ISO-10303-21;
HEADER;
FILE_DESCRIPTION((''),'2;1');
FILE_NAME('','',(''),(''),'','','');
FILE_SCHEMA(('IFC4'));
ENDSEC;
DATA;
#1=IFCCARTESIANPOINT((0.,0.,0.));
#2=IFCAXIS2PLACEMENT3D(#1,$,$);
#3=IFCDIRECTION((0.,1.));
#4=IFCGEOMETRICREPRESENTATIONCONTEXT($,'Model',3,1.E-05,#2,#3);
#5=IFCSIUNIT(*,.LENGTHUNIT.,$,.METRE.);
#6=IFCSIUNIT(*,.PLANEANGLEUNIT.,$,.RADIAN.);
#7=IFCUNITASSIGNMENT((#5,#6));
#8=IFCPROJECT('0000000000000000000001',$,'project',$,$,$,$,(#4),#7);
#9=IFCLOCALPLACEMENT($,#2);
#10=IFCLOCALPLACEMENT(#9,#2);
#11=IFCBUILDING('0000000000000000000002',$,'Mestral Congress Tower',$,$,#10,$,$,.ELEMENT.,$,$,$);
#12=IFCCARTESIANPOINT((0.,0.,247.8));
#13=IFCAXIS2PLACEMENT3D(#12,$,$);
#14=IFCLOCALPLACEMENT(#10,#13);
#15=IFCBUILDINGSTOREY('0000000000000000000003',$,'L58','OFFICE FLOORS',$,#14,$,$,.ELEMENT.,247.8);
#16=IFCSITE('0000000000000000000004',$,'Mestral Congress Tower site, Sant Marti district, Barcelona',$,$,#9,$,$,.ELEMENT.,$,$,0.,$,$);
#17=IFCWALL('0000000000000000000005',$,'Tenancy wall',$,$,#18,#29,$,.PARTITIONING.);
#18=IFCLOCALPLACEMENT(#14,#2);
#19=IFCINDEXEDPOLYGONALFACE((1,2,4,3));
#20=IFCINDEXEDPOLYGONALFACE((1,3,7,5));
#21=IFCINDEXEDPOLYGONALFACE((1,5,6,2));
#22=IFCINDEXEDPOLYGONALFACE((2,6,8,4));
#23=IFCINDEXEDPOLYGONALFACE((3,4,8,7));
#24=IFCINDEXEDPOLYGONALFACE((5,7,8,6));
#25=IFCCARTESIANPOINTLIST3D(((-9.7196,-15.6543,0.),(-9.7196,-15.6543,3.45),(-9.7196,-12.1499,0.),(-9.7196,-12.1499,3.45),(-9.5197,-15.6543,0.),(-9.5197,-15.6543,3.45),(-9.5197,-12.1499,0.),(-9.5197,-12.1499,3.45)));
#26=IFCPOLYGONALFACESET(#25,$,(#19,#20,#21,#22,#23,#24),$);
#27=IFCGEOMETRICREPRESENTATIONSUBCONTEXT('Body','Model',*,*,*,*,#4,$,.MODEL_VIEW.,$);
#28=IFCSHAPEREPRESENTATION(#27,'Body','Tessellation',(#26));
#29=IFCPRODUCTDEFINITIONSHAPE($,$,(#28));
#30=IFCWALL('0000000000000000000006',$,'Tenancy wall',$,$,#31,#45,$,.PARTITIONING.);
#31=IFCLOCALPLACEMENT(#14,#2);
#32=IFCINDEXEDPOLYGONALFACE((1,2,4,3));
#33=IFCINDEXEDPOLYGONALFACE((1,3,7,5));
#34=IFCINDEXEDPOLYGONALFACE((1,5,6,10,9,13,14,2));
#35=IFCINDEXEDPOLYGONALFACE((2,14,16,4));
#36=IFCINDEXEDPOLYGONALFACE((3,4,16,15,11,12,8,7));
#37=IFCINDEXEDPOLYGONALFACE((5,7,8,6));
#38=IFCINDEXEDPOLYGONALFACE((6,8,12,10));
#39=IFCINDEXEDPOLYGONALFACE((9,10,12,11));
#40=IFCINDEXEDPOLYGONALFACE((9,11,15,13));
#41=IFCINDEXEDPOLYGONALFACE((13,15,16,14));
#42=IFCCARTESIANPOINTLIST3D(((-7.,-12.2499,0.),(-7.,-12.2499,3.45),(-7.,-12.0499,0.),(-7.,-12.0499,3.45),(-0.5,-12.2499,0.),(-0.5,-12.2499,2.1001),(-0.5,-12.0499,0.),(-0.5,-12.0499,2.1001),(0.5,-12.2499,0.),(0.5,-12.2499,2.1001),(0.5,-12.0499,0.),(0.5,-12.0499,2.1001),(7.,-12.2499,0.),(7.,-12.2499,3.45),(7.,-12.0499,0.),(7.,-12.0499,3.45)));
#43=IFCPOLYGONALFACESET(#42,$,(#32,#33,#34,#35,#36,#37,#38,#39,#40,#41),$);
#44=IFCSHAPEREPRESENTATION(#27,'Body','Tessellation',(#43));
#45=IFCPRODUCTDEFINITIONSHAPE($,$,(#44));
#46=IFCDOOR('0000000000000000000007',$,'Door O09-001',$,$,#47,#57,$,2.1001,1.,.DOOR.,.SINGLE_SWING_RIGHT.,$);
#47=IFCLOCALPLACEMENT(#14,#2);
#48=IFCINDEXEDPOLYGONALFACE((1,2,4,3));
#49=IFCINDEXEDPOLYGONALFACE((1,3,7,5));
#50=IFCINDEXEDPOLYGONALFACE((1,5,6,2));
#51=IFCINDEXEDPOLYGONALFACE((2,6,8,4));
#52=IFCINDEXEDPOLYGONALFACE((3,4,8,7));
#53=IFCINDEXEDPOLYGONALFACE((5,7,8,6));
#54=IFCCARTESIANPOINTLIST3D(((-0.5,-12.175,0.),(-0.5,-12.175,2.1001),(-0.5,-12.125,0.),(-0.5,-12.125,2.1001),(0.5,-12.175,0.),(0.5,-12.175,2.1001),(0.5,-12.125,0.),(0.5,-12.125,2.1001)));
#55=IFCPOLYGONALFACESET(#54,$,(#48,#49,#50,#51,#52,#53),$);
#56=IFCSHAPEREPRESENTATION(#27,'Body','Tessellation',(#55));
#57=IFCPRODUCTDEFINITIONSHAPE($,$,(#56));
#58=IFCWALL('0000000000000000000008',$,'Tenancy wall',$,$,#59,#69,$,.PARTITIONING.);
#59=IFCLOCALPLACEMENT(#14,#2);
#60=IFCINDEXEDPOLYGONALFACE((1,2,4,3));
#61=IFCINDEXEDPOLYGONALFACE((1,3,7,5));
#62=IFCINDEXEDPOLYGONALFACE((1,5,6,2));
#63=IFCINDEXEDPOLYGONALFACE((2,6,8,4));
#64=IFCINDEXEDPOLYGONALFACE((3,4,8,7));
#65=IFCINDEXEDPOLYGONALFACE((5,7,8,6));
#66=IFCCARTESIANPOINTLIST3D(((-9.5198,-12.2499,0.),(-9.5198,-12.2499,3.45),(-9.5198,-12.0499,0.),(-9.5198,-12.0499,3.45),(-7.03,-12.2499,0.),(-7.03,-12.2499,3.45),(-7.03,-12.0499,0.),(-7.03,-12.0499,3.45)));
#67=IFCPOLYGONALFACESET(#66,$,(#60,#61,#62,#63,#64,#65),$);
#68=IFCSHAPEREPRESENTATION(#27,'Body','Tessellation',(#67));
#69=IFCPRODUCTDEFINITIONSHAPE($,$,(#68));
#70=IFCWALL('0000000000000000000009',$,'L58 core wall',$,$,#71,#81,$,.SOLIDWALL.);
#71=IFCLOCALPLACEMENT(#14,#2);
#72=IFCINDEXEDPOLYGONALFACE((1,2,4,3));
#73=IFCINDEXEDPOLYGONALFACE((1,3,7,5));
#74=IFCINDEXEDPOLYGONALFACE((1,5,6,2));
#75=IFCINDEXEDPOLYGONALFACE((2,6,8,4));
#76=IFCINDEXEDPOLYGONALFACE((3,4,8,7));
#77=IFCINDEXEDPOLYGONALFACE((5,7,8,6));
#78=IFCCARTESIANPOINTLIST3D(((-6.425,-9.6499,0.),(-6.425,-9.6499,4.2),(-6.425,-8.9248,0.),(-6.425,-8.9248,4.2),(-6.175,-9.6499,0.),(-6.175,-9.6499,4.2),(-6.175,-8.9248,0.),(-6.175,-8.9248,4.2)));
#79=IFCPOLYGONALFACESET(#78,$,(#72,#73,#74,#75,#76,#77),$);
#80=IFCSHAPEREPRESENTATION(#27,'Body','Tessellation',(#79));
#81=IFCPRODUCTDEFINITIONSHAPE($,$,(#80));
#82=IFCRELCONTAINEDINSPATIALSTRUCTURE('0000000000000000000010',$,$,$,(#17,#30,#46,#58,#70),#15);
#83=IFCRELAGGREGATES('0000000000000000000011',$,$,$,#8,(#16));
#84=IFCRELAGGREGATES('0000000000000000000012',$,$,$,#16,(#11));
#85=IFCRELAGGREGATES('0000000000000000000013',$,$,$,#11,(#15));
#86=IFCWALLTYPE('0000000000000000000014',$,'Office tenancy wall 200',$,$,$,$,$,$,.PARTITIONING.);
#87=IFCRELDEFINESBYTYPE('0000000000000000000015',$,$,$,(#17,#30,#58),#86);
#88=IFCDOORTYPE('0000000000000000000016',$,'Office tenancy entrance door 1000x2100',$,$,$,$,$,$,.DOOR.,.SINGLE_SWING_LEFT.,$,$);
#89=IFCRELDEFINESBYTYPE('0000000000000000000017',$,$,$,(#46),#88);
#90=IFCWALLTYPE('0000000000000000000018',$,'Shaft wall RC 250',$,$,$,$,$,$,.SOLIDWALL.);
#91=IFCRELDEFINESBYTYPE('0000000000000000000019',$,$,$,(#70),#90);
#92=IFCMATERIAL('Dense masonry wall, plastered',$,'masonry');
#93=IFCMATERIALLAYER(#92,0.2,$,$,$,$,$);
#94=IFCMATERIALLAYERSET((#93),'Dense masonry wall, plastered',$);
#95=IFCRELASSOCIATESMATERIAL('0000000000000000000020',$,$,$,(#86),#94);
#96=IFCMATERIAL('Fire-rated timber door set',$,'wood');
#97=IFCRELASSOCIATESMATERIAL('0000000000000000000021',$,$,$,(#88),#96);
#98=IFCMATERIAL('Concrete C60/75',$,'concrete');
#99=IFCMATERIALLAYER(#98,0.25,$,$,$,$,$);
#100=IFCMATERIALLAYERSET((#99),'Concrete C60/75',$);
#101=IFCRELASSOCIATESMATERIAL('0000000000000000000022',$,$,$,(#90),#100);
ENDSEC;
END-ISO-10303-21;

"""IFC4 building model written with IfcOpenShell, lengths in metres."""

from ifc_helpers import new_model, si_unit, direction, frame, frame_2d, origin, place, context, subcontext, project, spatial, rectangle, extrude, material, layer, layer_set, type_object, element, fill, save


model = new_model("IFC4")

# Units and contexts
model_context = context("Model", 3, precision=1e-05, world=origin(), true_north=direction((0.0, 1.0)))
body_context = subcontext(model_context, "Body", "Model", "MODEL_VIEW")
ifc_project = project(units=[si_unit("LENGTHUNIT", "METRE"), si_unit("PLANEANGLEUNIT", "RADIAN")], contexts=[model_context])

# Site, building, storey
site_placement = place(None, origin())
site = spatial("IfcSite", under=ifc_project, at=site_placement, Name="Mestral Congress Tower site, Sant Marti district, Barcelona", CompositionType="ELEMENT", RefElevation=0.0)
building_placement = place(site_placement, origin())
building = spatial("IfcBuilding", under=site, at=building_placement, Name="Mestral Congress Tower", CompositionType="ELEMENT")
storey_placement = place(building_placement, frame((0.0, 0.0, 247.8)))
storey = spatial("IfcBuildingStorey", under=building, at=storey_placement, Name="L58", Description="OFFICE FLOORS", CompositionType="ELEMENT", Elevation=247.8)

# Shared definitions
ifc_material_1 = material(Name="Concrete C60/75", Category="concrete")

# Wall
ifc_material_2 = material(Name="Dense masonry wall, plastered", Category="masonry")
ifc_layer_1 = layer(ifc_material_2, 0.2)
ifc_layer_set_1 = layer_set([ifc_layer_1], Name="Dense masonry wall, plastered")
wall_type_1 = type_object("IfcWallType", Name="Office tenancy wall 200", PredefinedType="PARTITIONING", material=ifc_layer_set_1)
wall_1_placement = place(storey_placement, frame((-9.6196, -15.6543, 0.0), z_axis=(0.0, 0.0, 1.0), x_axis=(0.0, 1.0, 0.0)))
element("IfcWall", 1, at=wall_1_placement, inside=storey, type_object=wall_type_1, Name="Tenancy wall", PredefinedType="PARTITIONING", context=body_context, shape_type="SweptSolid", body=[
    extrude(rectangle(XDim=3.5044, YDim=0.2, at=frame_2d((1.7522, 0.0))), origin(), (0.0, 0.0, 1.0), 3.45),
])

# Wall, opening, door
wall_2_placement = place(storey_placement, frame((-7.0, -12.1499, 0.0), z_axis=(0.0, 0.0, 1.0), x_axis=(1.0, 0.0, 0.0)))
wall_2 = element("IfcWall", 2, at=wall_2_placement, inside=storey, type_object=wall_type_1, Name="Tenancy wall", PredefinedType="PARTITIONING", context=body_context, shape_type="SweptSolid", body=[
    extrude(rectangle(XDim=14.0, YDim=0.2, at=frame_2d((7.0, 0.0))), origin(), (0.0, 0.0, 1.0), 3.45),
])
opening_1_placement = place(wall_2_placement, frame((6.5, 0.0, 0.0)))
opening_1 = element("IfcOpeningElement", 3, at=opening_1_placement, cuts=wall_2, PredefinedType="OPENING", context=body_context, shape_type="SweptSolid", body=[
    extrude(rectangle(XDim=1.0, YDim=2.1001, at=frame_2d((0.5, 1.05))), frame((0.0, 0.1099, 0.0), z_axis=(0.0, -1.0, 0.0), x_axis=(1.0, 0.0, 0.0)), (0.0, 0.0, 1.0), 0.22),
])
ifc_material_3 = material(Name="Fire-rated timber door set", Category="wood")
door_type_1 = type_object("IfcDoorType", Name="Office tenancy entrance door 1000x2100", OperationType="SINGLE_SWING_LEFT", PredefinedType="DOOR", material=ifc_material_3)
door_1_placement = place(opening_1_placement, origin())
door_1 = element("IfcDoor", 4, at=door_1_placement, inside=storey, type_object=door_type_1, Name="Door O09-001", OperationType="SINGLE_SWING_RIGHT", OverallHeight=2.1001, OverallWidth=1.0, PredefinedType="DOOR", context=body_context, shape_type="SweptSolid", body=[
    extrude(rectangle(XDim=1.0, YDim=2.1001, at=frame_2d((0.5, 1.05))), frame((0.0, 0.0249, 0.0), z_axis=(0.0, -1.0, 0.0), x_axis=(1.0, 0.0, 0.0)), (0.0, 0.0, 1.0), 0.05),
])
fill(opening_1, door_1)

# Walls
wall_3_placement = place(storey_placement, frame((-9.5198, -12.1499, 0.0), z_axis=(0.0, 0.0, 1.0), x_axis=(1.0, 0.0, 0.0)))
element("IfcWall", 5, at=wall_3_placement, inside=storey, type_object=wall_type_1, Name="Tenancy wall", PredefinedType="PARTITIONING", context=body_context, shape_type="SweptSolid", body=[
    extrude(rectangle(XDim=2.4897, YDim=0.2, at=frame_2d((1.2449, 0.0))), origin(), (0.0, 0.0, 1.0), 3.45),
])
ifc_layer_2 = layer(ifc_material_1, 0.25)
ifc_layer_set_2 = layer_set([ifc_layer_2], Name="Concrete C60/75")
wall_type_2 = type_object("IfcWallType", Name="Shaft wall RC 250", PredefinedType="SOLIDWALL", material=ifc_layer_set_2)
wall_4_placement = place(storey_placement, frame((-6.3, -8.9248, 0.0), z_axis=(0.0, 0.0, 1.0), x_axis=(0.0, -1.0, 0.0)))
element("IfcWall", 6, at=wall_4_placement, inside=storey, type_object=wall_type_2, Name="L58 core wall", PredefinedType="SOLIDWALL", context=body_context, shape_type="SweptSolid", body=[
    extrude(rectangle(XDim=0.7251, YDim=0.25, at=frame_2d((0.3625, 0.0))), origin(), (0.0, 0.0, 1.0), 4.2),
])

save(model, "model.ifc")
